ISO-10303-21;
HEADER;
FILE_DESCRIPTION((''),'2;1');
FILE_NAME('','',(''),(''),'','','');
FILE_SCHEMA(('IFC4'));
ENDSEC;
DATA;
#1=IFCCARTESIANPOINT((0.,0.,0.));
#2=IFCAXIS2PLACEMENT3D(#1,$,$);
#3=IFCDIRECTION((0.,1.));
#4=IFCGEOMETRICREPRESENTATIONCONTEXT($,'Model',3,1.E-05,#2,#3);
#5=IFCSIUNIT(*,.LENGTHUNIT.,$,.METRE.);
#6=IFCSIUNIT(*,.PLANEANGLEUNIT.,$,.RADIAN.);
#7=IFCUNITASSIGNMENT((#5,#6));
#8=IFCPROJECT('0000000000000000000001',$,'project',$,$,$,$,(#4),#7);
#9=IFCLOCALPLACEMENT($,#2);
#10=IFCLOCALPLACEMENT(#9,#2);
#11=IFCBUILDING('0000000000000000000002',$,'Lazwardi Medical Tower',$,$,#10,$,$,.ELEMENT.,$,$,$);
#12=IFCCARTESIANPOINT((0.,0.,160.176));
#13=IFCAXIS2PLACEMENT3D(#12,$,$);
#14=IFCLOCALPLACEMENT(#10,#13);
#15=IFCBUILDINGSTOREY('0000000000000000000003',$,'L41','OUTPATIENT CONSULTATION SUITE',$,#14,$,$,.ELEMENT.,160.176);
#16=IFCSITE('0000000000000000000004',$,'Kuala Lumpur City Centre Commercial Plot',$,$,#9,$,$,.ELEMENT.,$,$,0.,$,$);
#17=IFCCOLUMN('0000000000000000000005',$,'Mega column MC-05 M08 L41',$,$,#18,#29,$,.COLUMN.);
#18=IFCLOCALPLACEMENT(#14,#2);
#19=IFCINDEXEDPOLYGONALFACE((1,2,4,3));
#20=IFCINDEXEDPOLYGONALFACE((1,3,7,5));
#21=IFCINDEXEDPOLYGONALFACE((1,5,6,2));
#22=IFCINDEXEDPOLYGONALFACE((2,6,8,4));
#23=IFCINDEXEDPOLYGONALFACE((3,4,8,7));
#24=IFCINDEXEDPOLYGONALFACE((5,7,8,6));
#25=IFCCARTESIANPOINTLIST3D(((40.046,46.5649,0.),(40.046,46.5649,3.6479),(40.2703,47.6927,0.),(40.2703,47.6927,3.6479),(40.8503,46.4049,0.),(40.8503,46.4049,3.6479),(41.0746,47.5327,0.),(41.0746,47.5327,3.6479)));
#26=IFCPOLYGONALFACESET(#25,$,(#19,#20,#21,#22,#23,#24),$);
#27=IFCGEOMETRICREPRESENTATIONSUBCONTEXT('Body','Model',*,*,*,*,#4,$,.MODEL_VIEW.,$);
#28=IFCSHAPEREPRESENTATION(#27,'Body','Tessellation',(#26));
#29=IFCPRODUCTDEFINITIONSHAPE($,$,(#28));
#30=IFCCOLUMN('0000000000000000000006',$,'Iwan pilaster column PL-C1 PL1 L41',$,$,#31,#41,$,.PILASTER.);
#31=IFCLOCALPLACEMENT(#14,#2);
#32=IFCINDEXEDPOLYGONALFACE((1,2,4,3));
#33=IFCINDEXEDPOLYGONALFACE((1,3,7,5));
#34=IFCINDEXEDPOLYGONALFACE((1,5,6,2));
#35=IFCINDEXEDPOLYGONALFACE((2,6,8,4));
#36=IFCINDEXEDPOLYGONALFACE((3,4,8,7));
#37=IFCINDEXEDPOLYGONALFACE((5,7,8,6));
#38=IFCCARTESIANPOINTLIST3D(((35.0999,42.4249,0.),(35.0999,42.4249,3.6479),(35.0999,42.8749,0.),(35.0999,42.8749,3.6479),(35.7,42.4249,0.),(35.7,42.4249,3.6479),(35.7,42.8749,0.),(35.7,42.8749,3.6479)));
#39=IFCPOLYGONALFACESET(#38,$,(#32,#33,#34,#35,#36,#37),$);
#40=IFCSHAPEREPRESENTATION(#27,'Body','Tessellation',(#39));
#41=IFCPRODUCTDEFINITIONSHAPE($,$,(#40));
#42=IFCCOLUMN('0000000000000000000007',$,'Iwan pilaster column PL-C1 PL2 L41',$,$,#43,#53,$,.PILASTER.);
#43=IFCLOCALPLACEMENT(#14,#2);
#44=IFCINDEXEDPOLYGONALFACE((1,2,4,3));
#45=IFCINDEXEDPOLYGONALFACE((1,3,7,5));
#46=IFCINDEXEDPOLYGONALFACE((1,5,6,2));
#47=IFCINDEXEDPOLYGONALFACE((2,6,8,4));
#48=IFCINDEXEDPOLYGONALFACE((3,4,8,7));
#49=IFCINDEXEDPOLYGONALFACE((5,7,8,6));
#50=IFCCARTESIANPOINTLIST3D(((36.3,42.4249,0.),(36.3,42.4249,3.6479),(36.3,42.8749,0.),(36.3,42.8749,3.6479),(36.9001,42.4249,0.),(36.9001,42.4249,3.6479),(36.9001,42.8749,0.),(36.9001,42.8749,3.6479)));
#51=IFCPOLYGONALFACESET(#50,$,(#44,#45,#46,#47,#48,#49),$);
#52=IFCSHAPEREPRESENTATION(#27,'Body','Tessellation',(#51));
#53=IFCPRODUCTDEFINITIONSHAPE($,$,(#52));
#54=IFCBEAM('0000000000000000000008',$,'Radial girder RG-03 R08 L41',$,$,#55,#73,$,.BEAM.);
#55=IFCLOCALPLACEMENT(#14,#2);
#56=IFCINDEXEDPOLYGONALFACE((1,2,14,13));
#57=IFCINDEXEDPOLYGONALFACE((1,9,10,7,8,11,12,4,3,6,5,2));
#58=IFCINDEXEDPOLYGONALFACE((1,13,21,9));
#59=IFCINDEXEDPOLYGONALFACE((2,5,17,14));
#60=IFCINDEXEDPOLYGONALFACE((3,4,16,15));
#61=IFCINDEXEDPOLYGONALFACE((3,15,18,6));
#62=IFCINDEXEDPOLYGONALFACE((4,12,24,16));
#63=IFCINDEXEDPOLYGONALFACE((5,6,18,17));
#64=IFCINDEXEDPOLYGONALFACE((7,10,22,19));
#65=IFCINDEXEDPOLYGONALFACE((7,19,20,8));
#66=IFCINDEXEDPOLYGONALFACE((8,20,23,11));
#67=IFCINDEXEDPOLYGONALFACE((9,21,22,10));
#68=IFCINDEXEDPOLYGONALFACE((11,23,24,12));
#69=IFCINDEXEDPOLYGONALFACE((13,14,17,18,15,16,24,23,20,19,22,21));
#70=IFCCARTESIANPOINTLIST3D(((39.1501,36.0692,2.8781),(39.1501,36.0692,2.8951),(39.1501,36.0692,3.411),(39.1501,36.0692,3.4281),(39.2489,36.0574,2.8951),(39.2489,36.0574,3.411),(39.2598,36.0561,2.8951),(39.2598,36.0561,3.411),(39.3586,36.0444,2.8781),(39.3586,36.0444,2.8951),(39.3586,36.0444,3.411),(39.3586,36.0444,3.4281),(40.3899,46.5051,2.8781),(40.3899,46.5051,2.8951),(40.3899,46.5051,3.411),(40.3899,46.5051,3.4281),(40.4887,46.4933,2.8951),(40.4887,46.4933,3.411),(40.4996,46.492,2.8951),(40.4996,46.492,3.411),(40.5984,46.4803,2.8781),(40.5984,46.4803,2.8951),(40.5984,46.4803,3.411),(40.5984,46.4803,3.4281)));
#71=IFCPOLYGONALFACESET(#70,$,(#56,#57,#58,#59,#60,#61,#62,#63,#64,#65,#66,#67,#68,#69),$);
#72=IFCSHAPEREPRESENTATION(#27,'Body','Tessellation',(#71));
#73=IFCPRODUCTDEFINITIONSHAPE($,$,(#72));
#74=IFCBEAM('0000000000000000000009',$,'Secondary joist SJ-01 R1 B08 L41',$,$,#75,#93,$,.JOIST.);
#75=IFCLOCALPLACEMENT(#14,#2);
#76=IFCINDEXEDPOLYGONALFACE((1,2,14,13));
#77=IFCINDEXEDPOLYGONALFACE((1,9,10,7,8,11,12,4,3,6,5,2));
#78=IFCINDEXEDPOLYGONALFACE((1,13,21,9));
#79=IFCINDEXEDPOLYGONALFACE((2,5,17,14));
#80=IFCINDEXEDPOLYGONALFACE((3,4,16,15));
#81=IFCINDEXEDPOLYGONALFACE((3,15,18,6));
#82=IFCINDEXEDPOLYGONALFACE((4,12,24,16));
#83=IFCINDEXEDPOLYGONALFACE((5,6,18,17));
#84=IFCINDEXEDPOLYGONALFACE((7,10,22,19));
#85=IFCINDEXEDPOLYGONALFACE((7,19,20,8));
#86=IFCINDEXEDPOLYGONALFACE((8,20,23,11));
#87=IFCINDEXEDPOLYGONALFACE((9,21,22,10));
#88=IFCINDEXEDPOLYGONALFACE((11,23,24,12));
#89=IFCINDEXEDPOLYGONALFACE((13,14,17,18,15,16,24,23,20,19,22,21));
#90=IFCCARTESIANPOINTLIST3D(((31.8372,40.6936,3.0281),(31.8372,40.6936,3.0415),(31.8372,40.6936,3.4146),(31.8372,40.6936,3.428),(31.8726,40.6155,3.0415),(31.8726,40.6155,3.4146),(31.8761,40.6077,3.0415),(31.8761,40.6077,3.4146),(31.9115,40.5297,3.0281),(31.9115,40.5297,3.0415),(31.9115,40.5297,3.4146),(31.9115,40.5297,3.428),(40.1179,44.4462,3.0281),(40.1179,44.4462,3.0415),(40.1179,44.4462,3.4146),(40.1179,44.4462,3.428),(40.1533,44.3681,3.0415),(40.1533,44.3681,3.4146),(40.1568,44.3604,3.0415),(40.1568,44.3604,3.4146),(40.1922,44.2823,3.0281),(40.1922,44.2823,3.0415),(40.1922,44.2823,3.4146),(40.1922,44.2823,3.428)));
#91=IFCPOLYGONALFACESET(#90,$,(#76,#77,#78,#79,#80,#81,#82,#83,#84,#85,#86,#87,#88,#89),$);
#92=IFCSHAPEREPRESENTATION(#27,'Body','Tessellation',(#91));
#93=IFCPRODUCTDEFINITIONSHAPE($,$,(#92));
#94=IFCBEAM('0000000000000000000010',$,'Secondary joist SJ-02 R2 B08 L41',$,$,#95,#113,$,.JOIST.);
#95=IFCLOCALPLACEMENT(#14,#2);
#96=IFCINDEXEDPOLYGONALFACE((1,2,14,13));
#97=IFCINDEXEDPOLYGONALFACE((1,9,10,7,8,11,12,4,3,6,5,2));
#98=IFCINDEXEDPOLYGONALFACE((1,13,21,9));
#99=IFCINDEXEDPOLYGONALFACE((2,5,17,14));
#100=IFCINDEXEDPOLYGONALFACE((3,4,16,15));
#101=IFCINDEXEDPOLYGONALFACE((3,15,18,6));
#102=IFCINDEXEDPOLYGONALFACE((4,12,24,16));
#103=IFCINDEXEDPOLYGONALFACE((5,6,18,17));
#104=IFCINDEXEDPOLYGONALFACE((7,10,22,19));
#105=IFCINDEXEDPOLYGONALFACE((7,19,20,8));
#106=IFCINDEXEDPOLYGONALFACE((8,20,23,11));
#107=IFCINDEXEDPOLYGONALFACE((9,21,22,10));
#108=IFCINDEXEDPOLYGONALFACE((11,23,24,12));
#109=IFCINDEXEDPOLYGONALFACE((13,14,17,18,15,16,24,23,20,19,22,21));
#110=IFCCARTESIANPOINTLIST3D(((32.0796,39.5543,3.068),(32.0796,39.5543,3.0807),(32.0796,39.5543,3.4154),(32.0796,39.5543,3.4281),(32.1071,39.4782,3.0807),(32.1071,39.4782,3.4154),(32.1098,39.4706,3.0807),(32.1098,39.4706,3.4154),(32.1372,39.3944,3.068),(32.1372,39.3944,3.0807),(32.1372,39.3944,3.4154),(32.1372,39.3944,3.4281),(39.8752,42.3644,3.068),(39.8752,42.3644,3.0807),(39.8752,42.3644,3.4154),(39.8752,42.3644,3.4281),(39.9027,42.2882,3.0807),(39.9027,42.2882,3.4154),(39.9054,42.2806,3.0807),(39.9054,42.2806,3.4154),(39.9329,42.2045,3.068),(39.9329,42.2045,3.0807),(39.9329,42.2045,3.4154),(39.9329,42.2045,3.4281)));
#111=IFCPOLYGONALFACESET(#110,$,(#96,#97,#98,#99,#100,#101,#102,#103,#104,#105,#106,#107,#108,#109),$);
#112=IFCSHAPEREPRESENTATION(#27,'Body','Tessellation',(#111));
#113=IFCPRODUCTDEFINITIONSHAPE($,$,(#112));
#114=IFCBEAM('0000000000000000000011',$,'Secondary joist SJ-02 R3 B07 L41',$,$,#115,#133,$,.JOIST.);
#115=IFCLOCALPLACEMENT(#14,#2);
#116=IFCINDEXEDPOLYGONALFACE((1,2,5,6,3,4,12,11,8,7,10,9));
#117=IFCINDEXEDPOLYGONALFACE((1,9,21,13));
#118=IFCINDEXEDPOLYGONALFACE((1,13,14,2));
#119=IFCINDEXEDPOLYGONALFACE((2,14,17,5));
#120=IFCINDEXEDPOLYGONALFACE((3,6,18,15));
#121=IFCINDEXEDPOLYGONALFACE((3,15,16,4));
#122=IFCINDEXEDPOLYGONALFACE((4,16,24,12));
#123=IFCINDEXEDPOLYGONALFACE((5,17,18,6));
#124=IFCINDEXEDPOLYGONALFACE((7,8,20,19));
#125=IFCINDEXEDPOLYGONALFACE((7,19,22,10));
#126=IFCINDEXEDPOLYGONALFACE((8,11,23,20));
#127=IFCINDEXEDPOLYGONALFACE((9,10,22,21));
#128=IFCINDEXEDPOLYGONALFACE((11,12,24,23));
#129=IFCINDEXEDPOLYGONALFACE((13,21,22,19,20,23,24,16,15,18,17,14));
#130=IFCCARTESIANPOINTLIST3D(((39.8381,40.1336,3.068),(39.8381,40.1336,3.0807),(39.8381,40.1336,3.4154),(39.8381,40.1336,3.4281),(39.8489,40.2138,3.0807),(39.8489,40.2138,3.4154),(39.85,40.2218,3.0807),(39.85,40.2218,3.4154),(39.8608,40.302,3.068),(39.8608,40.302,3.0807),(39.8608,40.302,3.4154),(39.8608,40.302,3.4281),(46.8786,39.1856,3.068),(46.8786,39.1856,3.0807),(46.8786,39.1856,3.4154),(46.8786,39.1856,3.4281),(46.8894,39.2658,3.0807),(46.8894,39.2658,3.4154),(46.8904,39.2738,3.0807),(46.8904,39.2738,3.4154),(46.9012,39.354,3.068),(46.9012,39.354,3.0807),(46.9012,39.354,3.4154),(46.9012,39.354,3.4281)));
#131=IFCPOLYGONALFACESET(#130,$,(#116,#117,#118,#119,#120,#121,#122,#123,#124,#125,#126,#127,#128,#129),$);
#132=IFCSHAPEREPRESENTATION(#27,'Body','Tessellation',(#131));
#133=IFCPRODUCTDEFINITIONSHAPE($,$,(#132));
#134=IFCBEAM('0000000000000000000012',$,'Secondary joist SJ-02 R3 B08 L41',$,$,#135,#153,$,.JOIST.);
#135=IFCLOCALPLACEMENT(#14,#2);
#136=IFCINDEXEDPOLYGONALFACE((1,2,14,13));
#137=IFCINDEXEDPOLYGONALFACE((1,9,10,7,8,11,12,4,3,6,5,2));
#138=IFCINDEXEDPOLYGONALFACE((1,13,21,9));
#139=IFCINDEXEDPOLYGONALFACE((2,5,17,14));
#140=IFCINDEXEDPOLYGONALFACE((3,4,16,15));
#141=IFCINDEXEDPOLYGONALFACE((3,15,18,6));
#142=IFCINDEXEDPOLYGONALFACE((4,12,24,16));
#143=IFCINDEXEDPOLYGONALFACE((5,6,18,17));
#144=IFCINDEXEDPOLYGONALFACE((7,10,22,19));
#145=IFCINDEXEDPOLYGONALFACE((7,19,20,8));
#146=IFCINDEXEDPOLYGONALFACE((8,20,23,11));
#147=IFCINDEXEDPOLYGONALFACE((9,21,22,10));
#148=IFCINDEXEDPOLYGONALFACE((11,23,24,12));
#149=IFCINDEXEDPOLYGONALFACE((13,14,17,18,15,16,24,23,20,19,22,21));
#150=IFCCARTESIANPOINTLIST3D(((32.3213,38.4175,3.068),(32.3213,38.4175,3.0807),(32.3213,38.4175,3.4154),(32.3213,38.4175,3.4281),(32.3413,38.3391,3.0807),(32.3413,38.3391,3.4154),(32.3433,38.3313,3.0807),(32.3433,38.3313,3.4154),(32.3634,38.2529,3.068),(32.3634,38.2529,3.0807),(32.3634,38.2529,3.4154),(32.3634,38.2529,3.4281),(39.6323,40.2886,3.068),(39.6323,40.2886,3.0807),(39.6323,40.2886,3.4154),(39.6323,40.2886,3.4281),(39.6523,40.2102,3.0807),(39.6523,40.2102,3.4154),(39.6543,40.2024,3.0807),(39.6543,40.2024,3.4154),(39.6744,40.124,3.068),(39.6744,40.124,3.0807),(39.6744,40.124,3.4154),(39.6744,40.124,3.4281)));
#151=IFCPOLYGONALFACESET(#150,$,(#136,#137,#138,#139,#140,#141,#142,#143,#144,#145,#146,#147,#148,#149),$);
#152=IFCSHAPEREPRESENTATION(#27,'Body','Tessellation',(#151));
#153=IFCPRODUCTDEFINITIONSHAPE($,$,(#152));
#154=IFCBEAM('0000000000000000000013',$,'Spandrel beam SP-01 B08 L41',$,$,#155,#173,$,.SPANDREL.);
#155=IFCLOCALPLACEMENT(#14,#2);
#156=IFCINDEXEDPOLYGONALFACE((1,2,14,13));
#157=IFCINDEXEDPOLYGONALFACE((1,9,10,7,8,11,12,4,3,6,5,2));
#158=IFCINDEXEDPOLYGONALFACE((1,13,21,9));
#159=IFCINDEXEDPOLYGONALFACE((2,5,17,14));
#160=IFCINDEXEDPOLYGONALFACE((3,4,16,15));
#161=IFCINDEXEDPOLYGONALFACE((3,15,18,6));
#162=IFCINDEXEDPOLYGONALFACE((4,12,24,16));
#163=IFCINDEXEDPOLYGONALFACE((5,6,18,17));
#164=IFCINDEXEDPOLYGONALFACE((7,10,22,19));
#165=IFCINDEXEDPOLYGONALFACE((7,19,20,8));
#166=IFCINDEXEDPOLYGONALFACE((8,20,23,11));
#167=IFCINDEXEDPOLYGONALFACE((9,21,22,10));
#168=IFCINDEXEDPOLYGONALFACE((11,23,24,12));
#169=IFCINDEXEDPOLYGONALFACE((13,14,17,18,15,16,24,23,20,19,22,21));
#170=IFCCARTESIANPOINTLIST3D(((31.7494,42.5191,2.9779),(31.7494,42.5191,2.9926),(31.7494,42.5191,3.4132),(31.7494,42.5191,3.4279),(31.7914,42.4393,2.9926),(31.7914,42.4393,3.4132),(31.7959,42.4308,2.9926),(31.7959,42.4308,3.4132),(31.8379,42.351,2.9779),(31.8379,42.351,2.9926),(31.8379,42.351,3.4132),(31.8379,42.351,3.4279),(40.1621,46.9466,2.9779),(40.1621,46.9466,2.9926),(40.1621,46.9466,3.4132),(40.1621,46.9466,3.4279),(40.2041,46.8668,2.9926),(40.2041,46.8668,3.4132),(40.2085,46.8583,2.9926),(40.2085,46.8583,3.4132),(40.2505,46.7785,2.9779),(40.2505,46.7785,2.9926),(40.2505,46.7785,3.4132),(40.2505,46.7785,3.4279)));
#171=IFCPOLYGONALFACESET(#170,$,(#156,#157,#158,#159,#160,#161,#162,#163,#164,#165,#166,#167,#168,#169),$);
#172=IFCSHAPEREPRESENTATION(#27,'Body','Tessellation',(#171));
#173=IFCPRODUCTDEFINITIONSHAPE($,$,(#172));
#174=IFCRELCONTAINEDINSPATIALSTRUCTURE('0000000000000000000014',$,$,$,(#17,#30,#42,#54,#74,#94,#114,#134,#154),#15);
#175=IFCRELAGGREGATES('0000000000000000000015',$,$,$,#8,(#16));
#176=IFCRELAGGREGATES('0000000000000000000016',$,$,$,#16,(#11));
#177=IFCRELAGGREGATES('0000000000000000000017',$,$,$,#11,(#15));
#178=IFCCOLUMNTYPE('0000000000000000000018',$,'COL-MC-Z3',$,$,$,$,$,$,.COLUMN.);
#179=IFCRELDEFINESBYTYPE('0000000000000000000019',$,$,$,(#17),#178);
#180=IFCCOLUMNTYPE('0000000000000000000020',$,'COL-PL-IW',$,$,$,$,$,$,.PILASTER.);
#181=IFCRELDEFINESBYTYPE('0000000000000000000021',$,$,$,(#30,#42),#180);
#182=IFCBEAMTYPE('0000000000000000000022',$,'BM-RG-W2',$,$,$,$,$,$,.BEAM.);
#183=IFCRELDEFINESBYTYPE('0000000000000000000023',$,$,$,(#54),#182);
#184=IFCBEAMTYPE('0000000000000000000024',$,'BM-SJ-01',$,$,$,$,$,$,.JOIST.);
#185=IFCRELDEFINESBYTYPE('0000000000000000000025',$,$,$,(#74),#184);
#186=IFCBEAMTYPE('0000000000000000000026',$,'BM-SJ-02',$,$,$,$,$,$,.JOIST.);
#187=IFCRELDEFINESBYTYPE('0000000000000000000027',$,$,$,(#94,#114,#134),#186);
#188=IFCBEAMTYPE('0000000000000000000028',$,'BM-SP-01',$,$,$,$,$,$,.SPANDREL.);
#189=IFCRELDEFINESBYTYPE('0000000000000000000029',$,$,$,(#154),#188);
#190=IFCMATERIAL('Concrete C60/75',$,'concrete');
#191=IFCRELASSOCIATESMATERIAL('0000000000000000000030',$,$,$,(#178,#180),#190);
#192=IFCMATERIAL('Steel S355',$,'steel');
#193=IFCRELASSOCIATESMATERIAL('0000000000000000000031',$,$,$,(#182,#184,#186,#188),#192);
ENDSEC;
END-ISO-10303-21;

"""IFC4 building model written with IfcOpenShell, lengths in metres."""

from ifc_helpers import new_model, si_unit, direction, frame, origin, origin_2d, place, context, subcontext, project, spatial, rectangle, i_section, extrude, material, material_profile, profile_set, type_object, element, save


model = new_model("IFC4")

# Units and contexts
model_context = context("Model", 3, precision=1e-05, world=origin(), true_north=direction((0.0, 1.0)))
body_context = subcontext(model_context, "Body", "Model", "MODEL_VIEW")
ifc_project = project(units=[si_unit("LENGTHUNIT", "METRE"), si_unit("PLANEANGLEUNIT", "RADIAN")], contexts=[model_context])

# Site, building, storey
site_placement = place(None, origin())
site = spatial("IfcSite", under=ifc_project, at=site_placement, Name="Kuala Lumpur City Centre Commercial Plot", CompositionType="ELEMENT", RefElevation=0.0)
building_placement = place(site_placement, origin())
building = spatial("IfcBuilding", under=site, at=building_placement, Name="Lazwardi Medical Tower", CompositionType="ELEMENT")
storey_placement = place(building_placement, frame((0.0, 0.0, 160.176)))
storey = spatial("IfcBuildingStorey", under=building, at=storey_placement, Name="L41", Description="OUTPATIENT CONSULTATION SUITE", CompositionType="ELEMENT", Elevation=160.176)

# Columns
ifc_material_1 = material(Name="Concrete C60/75", Category="concrete")
ifc_material_profile_1 = material_profile(ifc_material_1, rectangle(XDim=1.1499, YDim=0.8201, at=origin_2d()), Name="CFT-RECT 1150x820")
ifc_profile_set_1 = profile_set([ifc_material_profile_1], Name="Concrete C60/75")
column_type_1 = type_object("IfcColumnType", Name="COL-MC-Z3", PredefinedType="COLUMN", material=ifc_profile_set_1)
column_placement = place(storey_placement, frame((40.5603, 47.0488, 0.0), z_axis=(0.0, 0.0, 1.0), x_axis=(0.19509, 0.980785, 0.0)))
element("IfcColumn", 1, at=column_placement, inside=storey, type_object=column_type_1, Name="Mega column MC-05 M08 L41", PredefinedType="COLUMN", context=body_context, shape_type="SweptSolid", body=[
    extrude(rectangle(XDim=1.1499, YDim=0.8201, at=origin_2d()), origin(), (0.0, 0.0, 1.0), 3.6479),
])
ifc_material_profile_2 = material_profile(ifc_material_1, rectangle(XDim=0.6001, YDim=0.45, at=origin_2d()), Name="RC 600x450")
ifc_profile_set_2 = profile_set([ifc_material_profile_2], Name="Concrete C60/75")
column_type_2 = type_object("IfcColumnType", Name="COL-PL-IW", PredefinedType="PILASTER", material=ifc_profile_set_2)
for number, where, z_axis, x_axis, name in (
    (2, (35.3999, 42.6499, 0.0), (0.0, 0.0, 1.0), (1.0, 0.0, 0.0), "Iwan pilaster column PL-C1 PL1 L41"),
    (3, (36.6001, 42.6499, 0.0), (0.0, 0.0, 1.0), (1.0, 0.0, 0.0), "Iwan pilaster column PL-C1 PL2 L41"),
):
    element("IfcColumn", number, at=place(storey_placement, frame(where, z_axis=z_axis, x_axis=x_axis)), inside=storey, type_object=column_type_2, Name=name, PredefinedType="PILASTER", context=body_context, shape_type="SweptSolid", body=[
        extrude(rectangle(XDim=0.6001, YDim=0.45, at=origin_2d()), origin(), (0.0, 0.0, 1.0), 3.6479),
    ])

# Beams
ifc_material_2 = material(Name="Steel S355", Category="steel")
ifc_material_profile_3 = material_profile(ifc_material_2, i_section(OverallWidth=0.21, OverallDepth=0.55, WebThickness=0.011, FlangeThickness=0.0171, at=origin_2d()), Name="IPE 550")
ifc_profile_set_3 = profile_set([ifc_material_profile_3], Name="Steel S355")
beam_type_1 = type_object("IfcBeamType", Name="BM-RG-W2", PredefinedType="BEAM", material=ifc_profile_set_3)
beam_1_placement = place(storey_placement, frame((40.4941, 46.4927, 3.1531), z_axis=(-0.117968, -0.993017, 0.0), x_axis=(0.993017, -0.117968, 0.0)))
element("IfcBeam", 4, at=beam_1_placement, inside=storey, type_object=beam_type_1, Name="Radial girder RG-03 R08 L41", PredefinedType="BEAM", context=body_context, shape_type="SweptSolid", body=[
    extrude(i_section(OverallWidth=0.21, OverallDepth=0.55, WebThickness=0.011, FlangeThickness=0.0171, at=origin_2d()), origin(), (0.0, 0.0, 1.0), 10.5093),
])
ifc_material_profile_4 = material_profile(ifc_material_2, i_section(OverallWidth=0.1799, OverallDepth=0.3999, WebThickness=0.0085, FlangeThickness=0.0134, at=origin_2d()), Name="IPE 400")
ifc_profile_set_4 = profile_set([ifc_material_profile_4], Name="Steel S355")
beam_type_2 = type_object("IfcBeamType", Name="BM-SJ-01", PredefinedType="JOIST", material=ifc_profile_set_4)
beam_2_placement = place(storey_placement, frame((40.155, 44.3643, 3.228), z_axis=(-0.910834, -0.412773, 0.0), x_axis=(0.412773, -0.910834, 0.0)))
element("IfcBeam", 5, at=beam_2_placement, inside=storey, type_object=beam_type_2, Name="Secondary joist SJ-01 R1 B08 L41", PredefinedType="JOIST", context=body_context, shape_type="SweptSolid", body=[
    extrude(i_section(OverallWidth=0.1799, OverallDepth=0.3999, WebThickness=0.0085, FlangeThickness=0.0134, at=origin_2d()), origin(), (0.0, 0.0, 1.0), 9.0913),
])
ifc_material_profile_5 = material_profile(ifc_material_2, i_section(OverallWidth=0.1699, OverallDepth=0.3601, WebThickness=0.0081, FlangeThickness=0.0127, at=origin_2d()), Name="IPE 360")
ifc_profile_set_5 = profile_set([ifc_material_profile_5], Name="Steel S355")
beam_type_3 = type_object("IfcBeamType", Name="BM-SJ-02", PredefinedType="JOIST", material=ifc_profile_set_5)
beam_3_placement = place(storey_placement, frame((39.9041, 42.2844, 3.248), z_axis=(-0.940748, -0.339106, 0.0), x_axis=(0.339106, -0.940748, 0.0)))
element("IfcBeam", 6, at=beam_3_placement, inside=storey, type_object=beam_type_3, Name="Secondary joist SJ-02 R2 B08 L41", PredefinedType="JOIST", context=body_context, shape_type="SweptSolid", body=[
    extrude(i_section(OverallWidth=0.1699, OverallDepth=0.3601, WebThickness=0.0081, FlangeThickness=0.0127, at=origin_2d()), origin(), (0.0, 0.0, 1.0), 8.2866),
])
beam_4_placement = place(storey_placement, frame((46.8899, 39.2698, 3.248), z_axis=(-0.991056, 0.133444, 0.0), x_axis=(-0.133444, -0.991056, 0.0)))
element("IfcBeam", 7, at=beam_4_placement, inside=storey, type_object=beam_type_3, Name="Secondary joist SJ-02 R3 B07 L41", PredefinedType="JOIST", context=body_context, shape_type="SweptSolid", body=[
    extrude(i_section(OverallWidth=0.1699, OverallDepth=0.3601, WebThickness=0.0081, FlangeThickness=0.0127, at=origin_2d()), origin(), (0.0, 0.0, 1.0), 7.104),
])
beam_5_placement = place(storey_placement, frame((39.6533, 40.2063, 3.248), z_axis=(-0.968776, -0.247936, 0.0), x_axis=(0.247936, -0.968776, 0.0)))
element("IfcBeam", 8, at=beam_5_placement, inside=storey, type_object=beam_type_3, Name="Secondary joist SJ-02 R3 B08 L41", PredefinedType="JOIST", context=body_context, shape_type="SweptSolid", body=[
    extrude(i_section(OverallWidth=0.1699, OverallDepth=0.3601, WebThickness=0.0081, FlangeThickness=0.0127, at=origin_2d()), origin(), (0.0, 0.0, 1.0), 7.5466),
])
ifc_material_profile_6 = material_profile(ifc_material_2, i_section(OverallWidth=0.1899, OverallDepth=0.45, WebThickness=0.0095, FlangeThickness=0.0146, at=origin_2d()), Name="IPE 450")
ifc_profile_set_6 = profile_set([ifc_material_profile_6], Name="Steel S355")
beam_type_4 = type_object("IfcBeamType", Name="BM-SP-01", PredefinedType="SPANDREL", material=ifc_profile_set_6)
beam_6_placement = place(storey_placement, frame((40.2063, 46.8625, 3.2029), z_axis=(-0.884927, -0.465731, 0.0), x_axis=(0.465731, -0.884927, 0.0)))
element("IfcBeam", 9, at=beam_6_placement, inside=storey, type_object=beam_type_4, Name="Spandrel beam SP-01 B08 L41", PredefinedType="SPANDREL", context=body_context, shape_type="SweptSolid", body=[
    extrude(i_section(OverallWidth=0.1899, OverallDepth=0.45, WebThickness=0.0095, FlangeThickness=0.0146, at=origin_2d()), origin(), (0.0, 0.0, 1.0), 9.5066),
])

save(model, "model.ifc")
